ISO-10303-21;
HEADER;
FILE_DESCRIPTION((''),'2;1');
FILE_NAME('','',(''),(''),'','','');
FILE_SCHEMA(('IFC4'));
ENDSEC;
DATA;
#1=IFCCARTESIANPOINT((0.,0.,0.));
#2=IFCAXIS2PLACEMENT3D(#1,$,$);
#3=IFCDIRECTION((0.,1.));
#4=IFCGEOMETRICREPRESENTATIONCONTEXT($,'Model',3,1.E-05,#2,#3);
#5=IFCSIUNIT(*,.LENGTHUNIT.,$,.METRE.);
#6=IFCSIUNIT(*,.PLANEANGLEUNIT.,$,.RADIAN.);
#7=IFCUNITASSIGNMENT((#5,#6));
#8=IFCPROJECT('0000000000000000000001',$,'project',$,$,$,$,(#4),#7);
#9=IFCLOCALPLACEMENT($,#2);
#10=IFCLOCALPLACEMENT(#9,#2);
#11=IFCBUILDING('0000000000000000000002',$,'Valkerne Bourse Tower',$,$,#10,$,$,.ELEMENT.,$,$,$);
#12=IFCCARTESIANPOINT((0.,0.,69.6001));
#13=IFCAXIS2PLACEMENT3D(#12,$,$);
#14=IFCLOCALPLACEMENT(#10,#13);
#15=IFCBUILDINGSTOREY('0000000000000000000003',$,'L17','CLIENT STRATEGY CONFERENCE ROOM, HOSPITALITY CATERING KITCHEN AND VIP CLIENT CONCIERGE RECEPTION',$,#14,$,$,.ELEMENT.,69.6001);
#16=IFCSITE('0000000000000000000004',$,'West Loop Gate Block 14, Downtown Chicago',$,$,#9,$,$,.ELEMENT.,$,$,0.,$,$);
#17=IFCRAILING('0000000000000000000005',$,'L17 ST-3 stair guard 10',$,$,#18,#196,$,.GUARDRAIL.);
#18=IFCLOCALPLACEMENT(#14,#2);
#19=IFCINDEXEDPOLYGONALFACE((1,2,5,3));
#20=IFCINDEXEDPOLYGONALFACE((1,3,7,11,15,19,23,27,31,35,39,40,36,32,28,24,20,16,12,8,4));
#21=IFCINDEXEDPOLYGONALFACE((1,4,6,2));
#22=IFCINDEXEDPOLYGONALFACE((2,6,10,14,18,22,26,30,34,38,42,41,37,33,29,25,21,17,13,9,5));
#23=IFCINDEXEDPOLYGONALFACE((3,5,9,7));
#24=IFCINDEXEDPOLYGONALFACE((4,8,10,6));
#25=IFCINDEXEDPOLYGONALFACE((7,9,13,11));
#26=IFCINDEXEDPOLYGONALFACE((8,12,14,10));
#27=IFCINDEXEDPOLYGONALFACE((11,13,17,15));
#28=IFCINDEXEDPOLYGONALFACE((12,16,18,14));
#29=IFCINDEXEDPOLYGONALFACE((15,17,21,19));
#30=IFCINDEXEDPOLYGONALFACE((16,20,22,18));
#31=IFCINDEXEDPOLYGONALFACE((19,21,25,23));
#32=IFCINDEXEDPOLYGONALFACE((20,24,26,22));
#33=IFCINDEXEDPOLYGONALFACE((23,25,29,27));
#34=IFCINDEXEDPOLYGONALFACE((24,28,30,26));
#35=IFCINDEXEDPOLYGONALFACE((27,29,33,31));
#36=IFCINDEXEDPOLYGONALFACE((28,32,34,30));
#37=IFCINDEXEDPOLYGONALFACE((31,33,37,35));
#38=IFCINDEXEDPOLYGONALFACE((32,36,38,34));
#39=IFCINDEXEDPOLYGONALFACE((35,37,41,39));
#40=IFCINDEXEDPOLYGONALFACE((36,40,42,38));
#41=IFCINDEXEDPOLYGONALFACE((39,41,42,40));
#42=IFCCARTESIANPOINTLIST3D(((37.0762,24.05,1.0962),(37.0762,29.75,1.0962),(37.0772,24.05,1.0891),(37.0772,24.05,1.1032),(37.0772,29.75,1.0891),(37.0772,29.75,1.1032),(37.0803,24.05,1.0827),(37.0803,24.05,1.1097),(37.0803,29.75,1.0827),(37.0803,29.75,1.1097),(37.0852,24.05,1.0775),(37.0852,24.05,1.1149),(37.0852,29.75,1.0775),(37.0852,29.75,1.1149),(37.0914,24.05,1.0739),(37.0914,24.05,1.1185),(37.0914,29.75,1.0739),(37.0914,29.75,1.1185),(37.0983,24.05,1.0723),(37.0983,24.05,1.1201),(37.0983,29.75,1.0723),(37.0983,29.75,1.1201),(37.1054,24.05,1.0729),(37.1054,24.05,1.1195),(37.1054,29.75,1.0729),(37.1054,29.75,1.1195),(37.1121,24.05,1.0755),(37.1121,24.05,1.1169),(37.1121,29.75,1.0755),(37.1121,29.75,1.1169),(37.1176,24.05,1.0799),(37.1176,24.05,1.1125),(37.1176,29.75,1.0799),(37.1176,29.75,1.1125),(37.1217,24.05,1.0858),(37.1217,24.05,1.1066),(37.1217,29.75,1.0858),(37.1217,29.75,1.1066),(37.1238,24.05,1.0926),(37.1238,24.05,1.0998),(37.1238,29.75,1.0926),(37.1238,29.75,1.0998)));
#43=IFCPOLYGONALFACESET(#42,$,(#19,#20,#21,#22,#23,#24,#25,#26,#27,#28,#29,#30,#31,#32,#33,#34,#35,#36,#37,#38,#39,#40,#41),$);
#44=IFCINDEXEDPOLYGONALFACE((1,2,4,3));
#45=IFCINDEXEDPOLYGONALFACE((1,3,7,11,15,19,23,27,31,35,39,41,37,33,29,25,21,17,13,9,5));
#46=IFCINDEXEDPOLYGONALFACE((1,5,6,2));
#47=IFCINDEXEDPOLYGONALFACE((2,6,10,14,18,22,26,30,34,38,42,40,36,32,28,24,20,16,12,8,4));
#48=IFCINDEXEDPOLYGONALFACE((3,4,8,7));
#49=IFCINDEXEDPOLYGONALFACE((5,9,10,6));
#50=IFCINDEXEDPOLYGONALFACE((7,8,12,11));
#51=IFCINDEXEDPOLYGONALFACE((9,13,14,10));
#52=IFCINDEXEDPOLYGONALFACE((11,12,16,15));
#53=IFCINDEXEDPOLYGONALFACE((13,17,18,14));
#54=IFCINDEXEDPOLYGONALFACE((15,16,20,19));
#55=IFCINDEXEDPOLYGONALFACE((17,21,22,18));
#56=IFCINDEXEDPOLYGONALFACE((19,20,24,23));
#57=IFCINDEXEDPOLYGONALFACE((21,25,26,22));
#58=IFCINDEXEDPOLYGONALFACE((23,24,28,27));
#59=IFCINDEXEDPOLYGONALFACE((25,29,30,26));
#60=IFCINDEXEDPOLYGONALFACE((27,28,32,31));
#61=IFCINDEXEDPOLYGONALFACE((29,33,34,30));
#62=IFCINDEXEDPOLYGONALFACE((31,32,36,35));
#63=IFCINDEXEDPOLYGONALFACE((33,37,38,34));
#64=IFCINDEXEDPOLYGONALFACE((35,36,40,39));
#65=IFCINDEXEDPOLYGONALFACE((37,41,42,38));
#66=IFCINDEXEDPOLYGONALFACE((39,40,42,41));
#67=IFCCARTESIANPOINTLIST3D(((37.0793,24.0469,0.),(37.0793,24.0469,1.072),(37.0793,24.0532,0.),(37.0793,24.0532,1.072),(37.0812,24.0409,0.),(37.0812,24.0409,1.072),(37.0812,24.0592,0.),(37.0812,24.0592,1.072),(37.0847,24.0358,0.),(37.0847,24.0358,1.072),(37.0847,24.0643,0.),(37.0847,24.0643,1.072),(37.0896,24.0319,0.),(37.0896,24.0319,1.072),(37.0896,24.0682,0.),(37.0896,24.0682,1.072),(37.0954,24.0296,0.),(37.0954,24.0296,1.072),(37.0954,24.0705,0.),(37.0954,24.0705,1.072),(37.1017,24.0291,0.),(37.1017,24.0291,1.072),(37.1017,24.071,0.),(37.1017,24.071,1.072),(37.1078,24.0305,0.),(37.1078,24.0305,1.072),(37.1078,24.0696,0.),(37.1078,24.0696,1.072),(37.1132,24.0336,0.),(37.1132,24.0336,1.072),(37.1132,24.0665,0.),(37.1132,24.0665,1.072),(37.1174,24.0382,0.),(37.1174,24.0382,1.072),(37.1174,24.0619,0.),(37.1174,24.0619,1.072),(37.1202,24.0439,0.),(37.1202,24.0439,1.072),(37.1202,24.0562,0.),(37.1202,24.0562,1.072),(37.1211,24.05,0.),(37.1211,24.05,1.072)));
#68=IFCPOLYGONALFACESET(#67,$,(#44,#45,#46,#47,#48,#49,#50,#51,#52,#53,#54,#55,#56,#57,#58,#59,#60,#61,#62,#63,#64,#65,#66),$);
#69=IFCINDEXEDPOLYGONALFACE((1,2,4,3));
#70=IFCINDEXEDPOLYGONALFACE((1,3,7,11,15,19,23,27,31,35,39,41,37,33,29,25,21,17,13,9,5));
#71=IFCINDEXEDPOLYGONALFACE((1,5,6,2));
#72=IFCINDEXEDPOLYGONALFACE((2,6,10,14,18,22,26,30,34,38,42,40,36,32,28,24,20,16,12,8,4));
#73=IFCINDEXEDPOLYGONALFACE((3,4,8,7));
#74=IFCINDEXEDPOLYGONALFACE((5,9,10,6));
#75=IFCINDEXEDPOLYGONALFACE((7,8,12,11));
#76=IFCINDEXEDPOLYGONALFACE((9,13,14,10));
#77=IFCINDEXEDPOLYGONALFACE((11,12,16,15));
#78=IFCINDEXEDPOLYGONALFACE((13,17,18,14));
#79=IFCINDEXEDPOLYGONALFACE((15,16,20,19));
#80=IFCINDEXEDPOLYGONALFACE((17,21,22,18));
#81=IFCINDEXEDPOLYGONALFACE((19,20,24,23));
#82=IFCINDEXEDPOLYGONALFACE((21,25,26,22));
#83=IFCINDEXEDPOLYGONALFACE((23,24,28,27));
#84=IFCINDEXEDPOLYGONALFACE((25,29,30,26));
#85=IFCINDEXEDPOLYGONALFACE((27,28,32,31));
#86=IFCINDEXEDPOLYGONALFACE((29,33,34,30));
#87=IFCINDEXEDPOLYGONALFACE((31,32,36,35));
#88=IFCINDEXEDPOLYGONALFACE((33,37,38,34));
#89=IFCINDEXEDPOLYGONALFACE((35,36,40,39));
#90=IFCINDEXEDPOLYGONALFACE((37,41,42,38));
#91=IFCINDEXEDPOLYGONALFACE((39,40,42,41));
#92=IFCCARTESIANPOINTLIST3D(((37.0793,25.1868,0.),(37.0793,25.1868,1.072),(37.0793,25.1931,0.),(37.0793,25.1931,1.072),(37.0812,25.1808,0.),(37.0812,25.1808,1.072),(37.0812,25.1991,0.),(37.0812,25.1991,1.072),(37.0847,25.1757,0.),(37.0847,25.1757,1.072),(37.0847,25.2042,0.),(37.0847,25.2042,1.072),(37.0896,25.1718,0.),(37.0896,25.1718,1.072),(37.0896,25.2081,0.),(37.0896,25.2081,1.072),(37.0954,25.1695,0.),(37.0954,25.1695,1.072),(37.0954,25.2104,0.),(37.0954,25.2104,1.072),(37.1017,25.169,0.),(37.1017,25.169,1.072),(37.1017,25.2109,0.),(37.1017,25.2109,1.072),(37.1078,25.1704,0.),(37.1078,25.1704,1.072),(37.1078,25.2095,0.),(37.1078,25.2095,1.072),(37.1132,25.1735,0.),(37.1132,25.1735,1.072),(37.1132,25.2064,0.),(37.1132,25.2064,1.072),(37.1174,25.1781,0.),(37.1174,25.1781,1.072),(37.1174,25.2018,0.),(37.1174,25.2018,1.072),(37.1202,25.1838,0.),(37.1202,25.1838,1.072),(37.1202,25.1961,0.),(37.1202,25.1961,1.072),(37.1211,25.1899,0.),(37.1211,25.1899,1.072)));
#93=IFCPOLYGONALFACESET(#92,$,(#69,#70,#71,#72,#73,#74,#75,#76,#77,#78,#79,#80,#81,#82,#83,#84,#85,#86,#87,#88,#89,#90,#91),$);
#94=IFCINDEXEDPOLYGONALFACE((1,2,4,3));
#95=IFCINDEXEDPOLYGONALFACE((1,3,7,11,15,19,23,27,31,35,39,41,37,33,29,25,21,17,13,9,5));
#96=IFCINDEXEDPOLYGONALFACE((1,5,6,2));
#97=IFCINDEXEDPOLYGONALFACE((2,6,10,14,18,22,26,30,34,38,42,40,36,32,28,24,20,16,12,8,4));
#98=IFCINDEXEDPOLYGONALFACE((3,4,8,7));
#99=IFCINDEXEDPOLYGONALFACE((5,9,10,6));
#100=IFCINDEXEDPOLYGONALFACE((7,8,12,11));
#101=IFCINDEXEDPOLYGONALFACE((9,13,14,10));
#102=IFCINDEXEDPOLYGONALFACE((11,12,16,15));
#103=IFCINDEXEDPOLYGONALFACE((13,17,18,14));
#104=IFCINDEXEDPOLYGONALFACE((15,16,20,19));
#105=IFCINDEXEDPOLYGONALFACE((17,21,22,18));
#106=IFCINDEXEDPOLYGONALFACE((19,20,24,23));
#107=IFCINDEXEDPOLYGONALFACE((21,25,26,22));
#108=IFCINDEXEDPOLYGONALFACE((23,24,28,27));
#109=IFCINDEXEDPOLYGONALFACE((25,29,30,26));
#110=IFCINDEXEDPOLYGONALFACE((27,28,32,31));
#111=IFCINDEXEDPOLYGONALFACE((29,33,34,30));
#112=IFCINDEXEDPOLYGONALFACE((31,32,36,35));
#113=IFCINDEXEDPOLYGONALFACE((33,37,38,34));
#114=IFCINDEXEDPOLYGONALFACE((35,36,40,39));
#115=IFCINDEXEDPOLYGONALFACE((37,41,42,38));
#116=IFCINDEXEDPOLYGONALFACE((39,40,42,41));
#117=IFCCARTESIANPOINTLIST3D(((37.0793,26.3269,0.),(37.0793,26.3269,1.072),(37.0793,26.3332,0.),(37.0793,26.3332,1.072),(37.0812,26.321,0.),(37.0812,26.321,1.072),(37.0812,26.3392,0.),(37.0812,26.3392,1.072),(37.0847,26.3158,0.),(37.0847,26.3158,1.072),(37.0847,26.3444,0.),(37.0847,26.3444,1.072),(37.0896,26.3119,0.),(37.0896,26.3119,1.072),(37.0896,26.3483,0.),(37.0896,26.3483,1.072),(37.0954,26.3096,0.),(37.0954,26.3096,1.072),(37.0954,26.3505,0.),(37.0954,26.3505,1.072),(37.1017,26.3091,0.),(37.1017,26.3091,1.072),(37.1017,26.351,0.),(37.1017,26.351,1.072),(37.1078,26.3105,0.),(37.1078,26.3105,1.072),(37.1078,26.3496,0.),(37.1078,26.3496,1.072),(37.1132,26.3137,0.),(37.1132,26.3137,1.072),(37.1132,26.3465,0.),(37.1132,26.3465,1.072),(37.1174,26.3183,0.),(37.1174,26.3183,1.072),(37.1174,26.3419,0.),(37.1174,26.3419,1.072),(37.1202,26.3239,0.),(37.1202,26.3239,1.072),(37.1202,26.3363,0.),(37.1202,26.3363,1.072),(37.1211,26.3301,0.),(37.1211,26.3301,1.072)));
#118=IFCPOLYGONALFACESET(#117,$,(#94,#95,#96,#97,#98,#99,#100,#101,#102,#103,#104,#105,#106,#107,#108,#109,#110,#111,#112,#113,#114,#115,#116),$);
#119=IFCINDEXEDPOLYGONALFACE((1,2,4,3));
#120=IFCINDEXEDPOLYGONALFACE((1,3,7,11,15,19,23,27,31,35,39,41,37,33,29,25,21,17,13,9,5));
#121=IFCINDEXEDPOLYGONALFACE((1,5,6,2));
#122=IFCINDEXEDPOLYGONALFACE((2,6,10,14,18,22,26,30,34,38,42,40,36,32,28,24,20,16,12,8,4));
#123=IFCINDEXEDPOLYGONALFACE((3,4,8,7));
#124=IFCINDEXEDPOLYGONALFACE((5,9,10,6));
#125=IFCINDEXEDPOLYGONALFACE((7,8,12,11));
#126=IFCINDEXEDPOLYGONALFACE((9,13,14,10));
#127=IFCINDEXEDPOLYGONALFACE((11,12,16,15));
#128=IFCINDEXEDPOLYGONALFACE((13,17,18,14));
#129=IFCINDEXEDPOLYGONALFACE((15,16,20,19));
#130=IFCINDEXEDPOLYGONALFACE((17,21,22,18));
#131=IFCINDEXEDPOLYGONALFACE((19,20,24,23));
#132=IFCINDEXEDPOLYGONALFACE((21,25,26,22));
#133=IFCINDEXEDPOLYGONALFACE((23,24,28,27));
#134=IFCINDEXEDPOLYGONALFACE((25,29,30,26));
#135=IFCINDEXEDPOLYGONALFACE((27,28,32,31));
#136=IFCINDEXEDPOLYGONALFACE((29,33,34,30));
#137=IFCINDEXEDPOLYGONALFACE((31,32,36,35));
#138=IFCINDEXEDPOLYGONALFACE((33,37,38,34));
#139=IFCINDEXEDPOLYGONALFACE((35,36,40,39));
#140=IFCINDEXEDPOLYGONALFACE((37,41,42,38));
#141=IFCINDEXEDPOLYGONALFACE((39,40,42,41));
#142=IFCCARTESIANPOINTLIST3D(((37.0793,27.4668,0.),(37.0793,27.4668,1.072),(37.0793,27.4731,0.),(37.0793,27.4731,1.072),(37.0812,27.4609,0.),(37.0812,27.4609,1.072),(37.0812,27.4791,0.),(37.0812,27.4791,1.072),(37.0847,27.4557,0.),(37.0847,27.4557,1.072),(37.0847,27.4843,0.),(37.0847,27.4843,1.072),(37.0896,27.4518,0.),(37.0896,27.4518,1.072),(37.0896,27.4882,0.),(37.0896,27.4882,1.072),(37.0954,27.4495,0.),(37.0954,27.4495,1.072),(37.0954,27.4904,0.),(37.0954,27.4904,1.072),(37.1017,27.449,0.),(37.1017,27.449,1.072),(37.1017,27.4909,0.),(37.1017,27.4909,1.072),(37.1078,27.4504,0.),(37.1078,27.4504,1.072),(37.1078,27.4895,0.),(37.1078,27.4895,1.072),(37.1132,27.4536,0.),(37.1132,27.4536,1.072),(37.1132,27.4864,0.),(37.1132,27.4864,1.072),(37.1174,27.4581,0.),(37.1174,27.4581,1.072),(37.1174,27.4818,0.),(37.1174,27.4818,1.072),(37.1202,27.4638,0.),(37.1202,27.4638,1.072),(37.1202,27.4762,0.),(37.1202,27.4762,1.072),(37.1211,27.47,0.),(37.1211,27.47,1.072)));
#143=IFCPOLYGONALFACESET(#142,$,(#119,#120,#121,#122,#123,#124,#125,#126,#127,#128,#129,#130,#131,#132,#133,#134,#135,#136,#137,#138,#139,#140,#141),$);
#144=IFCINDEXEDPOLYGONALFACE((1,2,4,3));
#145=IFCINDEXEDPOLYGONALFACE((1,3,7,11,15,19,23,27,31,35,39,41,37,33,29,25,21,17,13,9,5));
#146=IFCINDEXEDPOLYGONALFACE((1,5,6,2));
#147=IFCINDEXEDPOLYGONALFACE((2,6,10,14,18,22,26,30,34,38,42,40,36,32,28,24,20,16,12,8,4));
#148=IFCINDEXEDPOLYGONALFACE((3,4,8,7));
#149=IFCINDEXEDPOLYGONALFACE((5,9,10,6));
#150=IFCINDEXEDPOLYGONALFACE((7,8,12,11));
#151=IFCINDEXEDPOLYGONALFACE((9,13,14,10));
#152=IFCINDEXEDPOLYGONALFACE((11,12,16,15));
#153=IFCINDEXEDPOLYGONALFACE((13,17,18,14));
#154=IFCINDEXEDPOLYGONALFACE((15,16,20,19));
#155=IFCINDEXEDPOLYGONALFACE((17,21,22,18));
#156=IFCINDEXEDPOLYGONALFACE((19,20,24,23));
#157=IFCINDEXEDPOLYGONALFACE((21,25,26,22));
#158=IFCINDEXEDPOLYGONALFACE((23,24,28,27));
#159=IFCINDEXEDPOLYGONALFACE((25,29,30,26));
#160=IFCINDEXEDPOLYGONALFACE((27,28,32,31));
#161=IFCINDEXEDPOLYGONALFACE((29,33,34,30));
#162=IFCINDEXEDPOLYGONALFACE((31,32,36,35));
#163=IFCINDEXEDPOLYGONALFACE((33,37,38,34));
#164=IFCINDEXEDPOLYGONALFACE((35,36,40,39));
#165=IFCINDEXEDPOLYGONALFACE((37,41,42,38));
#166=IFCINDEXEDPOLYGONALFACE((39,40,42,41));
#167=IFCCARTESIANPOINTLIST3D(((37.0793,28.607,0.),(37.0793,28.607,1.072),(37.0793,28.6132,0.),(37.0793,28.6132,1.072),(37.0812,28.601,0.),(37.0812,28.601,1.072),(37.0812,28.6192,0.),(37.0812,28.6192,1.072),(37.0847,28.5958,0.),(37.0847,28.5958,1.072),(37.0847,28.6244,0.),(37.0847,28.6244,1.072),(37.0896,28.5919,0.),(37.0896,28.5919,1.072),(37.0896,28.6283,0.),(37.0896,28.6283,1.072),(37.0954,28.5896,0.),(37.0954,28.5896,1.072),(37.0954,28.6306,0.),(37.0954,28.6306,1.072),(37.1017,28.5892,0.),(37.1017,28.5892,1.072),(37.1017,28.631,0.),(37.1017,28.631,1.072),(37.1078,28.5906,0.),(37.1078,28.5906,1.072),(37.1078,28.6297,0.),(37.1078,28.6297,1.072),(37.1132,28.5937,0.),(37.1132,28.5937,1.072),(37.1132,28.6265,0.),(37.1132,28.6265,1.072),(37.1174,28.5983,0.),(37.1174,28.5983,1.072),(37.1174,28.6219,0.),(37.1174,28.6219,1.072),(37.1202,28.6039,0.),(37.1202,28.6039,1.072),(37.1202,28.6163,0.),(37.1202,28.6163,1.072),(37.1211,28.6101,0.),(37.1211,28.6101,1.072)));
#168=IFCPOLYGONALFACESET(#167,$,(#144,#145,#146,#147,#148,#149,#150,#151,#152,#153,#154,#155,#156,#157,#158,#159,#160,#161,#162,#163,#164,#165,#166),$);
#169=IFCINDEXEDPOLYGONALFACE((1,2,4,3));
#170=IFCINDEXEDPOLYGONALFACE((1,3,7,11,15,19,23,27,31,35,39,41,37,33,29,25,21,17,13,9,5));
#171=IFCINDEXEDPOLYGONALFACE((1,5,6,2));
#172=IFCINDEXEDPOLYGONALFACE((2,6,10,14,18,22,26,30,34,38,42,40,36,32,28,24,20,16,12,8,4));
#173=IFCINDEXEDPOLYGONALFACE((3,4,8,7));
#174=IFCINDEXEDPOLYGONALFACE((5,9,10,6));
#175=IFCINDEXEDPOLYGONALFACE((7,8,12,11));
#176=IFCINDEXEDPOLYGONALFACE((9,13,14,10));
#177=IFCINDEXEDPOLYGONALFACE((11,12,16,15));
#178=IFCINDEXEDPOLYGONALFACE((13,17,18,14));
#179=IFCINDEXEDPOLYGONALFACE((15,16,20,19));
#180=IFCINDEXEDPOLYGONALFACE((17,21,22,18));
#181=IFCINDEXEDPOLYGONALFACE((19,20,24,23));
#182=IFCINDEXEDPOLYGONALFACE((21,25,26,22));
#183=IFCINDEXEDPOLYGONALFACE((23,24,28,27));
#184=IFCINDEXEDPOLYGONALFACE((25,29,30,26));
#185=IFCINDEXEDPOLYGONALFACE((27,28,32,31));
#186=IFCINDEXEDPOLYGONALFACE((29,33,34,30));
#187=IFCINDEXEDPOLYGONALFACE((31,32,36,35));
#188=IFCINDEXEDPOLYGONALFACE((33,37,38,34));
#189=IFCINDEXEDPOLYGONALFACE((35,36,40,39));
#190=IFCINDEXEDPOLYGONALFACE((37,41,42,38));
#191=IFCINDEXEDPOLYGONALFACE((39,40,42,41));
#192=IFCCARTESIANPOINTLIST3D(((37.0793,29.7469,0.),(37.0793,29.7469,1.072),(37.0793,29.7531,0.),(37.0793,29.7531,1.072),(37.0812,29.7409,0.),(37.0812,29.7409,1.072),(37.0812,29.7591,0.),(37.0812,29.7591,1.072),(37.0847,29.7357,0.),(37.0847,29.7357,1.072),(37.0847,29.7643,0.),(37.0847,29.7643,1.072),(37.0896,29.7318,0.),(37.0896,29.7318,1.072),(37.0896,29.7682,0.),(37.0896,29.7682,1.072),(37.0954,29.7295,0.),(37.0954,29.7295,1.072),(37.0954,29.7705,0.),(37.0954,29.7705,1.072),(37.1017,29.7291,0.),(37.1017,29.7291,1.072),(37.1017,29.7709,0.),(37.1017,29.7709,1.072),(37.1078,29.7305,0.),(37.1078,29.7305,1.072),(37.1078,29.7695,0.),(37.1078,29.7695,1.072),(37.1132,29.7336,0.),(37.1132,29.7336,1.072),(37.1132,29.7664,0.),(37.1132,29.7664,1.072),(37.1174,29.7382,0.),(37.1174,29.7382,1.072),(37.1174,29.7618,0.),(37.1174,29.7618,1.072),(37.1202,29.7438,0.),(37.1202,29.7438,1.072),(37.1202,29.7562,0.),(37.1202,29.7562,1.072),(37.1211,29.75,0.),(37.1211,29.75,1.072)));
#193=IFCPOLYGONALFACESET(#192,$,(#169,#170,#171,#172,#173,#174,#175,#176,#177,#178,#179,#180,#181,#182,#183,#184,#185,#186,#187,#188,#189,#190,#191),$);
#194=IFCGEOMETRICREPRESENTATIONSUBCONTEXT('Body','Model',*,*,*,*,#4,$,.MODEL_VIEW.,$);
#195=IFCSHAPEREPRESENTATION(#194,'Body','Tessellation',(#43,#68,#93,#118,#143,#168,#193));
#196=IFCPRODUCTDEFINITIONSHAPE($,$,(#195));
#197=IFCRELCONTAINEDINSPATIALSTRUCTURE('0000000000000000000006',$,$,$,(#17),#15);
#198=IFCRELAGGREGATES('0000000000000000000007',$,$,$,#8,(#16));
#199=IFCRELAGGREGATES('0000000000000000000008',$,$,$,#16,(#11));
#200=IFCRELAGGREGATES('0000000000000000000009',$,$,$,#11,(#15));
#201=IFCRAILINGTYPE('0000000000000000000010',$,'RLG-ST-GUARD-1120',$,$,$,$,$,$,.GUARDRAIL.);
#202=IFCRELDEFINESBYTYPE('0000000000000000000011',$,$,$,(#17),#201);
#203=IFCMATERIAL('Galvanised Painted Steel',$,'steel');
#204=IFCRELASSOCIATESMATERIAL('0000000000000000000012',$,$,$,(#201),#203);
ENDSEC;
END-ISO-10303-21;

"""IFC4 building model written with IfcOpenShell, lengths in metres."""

from ifc_helpers import new_model, si_unit, direction, frame, origin, origin_2d, place, context, subcontext, project, spatial, circle, extrude, material, type_object, element, save


model = new_model("IFC4")

# Units and contexts
model_context = context("Model", 3, precision=1e-05, world=origin(), true_north=direction((0.0, 1.0)))
body_context = subcontext(model_context, "Body", "Model", "MODEL_VIEW")
ifc_project = project(units=[si_unit("LENGTHUNIT", "METRE"), si_unit("PLANEANGLEUNIT", "RADIAN")], contexts=[model_context])

# Site, building, storey
site_placement = place(None, origin())
site = spatial("IfcSite", under=ifc_project, at=site_placement, Name="West Loop Gate Block 14, Downtown Chicago", CompositionType="ELEMENT", RefElevation=0.0)
building_placement = place(site_placement, origin())
building = spatial("IfcBuilding", under=site, at=building_placement, Name="Valkerne Bourse Tower", CompositionType="ELEMENT")
storey_placement = place(building_placement, frame((0.0, 0.0, 69.6001)))
storey = spatial("IfcBuildingStorey", under=building, at=storey_placement, Name="L17", Description="CLIENT STRATEGY CONFERENCE ROOM, HOSPITALITY CATERING KITCHEN AND VIP CLIENT CONCIERGE RECEPTION", CompositionType="ELEMENT", Elevation=69.6001)

# Shared definitions
ifc_material_1 = material(Name="Galvanised Painted Steel", Category="steel")

# Railing
railing_type_1 = type_object("IfcRailingType", Name="RLG-ST-GUARD-1120", PredefinedType="GUARDRAIL", material=ifc_material_1)
railing_1_placement = place(storey_placement, frame((37.1001, 24.05, 0.0)))
element("IfcRailing", 1, at=railing_1_placement, inside=storey, type_object=railing_type_1, Name="L17 ST-3 stair guard 10", PredefinedType="GUARDRAIL", context=body_context, shape_type="SweptSolid", body=[
    extrude(circle(Radius=0.0239, at=origin_2d()), frame((0.0, 0.0, 1.0962), z_axis=(0.0, 1.0, 0.0), x_axis=(-1.0, 0.0, 0.0)), (0.0, 0.0, 1.0), 5.7),
    extrude(circle(Radius=0.021, at=origin_2d()), origin(), (0.0, 0.0, 1.0), 1.072),
    extrude(circle(Radius=0.021, at=origin_2d()), frame((0.0, 1.1399, 0.0)), (0.0, 0.0, 1.0), 1.072),
    extrude(circle(Radius=0.021, at=origin_2d()), frame((0.0, 2.28, 0.0)), (0.0, 0.0, 1.0), 1.072),
    extrude(circle(Radius=0.021, at=origin_2d()), frame((0.0, 3.4199, 0.0)), (0.0, 0.0, 1.0), 1.072),
    extrude(circle(Radius=0.021, at=origin_2d()), frame((0.0, 4.5601, 0.0)), (0.0, 0.0, 1.0), 1.072),
    extrude(circle(Radius=0.021, at=origin_2d()), frame((0.0, 5.7, 0.0)), (0.0, 0.0, 1.0), 1.072),
])

save(model, "model.ifc")
